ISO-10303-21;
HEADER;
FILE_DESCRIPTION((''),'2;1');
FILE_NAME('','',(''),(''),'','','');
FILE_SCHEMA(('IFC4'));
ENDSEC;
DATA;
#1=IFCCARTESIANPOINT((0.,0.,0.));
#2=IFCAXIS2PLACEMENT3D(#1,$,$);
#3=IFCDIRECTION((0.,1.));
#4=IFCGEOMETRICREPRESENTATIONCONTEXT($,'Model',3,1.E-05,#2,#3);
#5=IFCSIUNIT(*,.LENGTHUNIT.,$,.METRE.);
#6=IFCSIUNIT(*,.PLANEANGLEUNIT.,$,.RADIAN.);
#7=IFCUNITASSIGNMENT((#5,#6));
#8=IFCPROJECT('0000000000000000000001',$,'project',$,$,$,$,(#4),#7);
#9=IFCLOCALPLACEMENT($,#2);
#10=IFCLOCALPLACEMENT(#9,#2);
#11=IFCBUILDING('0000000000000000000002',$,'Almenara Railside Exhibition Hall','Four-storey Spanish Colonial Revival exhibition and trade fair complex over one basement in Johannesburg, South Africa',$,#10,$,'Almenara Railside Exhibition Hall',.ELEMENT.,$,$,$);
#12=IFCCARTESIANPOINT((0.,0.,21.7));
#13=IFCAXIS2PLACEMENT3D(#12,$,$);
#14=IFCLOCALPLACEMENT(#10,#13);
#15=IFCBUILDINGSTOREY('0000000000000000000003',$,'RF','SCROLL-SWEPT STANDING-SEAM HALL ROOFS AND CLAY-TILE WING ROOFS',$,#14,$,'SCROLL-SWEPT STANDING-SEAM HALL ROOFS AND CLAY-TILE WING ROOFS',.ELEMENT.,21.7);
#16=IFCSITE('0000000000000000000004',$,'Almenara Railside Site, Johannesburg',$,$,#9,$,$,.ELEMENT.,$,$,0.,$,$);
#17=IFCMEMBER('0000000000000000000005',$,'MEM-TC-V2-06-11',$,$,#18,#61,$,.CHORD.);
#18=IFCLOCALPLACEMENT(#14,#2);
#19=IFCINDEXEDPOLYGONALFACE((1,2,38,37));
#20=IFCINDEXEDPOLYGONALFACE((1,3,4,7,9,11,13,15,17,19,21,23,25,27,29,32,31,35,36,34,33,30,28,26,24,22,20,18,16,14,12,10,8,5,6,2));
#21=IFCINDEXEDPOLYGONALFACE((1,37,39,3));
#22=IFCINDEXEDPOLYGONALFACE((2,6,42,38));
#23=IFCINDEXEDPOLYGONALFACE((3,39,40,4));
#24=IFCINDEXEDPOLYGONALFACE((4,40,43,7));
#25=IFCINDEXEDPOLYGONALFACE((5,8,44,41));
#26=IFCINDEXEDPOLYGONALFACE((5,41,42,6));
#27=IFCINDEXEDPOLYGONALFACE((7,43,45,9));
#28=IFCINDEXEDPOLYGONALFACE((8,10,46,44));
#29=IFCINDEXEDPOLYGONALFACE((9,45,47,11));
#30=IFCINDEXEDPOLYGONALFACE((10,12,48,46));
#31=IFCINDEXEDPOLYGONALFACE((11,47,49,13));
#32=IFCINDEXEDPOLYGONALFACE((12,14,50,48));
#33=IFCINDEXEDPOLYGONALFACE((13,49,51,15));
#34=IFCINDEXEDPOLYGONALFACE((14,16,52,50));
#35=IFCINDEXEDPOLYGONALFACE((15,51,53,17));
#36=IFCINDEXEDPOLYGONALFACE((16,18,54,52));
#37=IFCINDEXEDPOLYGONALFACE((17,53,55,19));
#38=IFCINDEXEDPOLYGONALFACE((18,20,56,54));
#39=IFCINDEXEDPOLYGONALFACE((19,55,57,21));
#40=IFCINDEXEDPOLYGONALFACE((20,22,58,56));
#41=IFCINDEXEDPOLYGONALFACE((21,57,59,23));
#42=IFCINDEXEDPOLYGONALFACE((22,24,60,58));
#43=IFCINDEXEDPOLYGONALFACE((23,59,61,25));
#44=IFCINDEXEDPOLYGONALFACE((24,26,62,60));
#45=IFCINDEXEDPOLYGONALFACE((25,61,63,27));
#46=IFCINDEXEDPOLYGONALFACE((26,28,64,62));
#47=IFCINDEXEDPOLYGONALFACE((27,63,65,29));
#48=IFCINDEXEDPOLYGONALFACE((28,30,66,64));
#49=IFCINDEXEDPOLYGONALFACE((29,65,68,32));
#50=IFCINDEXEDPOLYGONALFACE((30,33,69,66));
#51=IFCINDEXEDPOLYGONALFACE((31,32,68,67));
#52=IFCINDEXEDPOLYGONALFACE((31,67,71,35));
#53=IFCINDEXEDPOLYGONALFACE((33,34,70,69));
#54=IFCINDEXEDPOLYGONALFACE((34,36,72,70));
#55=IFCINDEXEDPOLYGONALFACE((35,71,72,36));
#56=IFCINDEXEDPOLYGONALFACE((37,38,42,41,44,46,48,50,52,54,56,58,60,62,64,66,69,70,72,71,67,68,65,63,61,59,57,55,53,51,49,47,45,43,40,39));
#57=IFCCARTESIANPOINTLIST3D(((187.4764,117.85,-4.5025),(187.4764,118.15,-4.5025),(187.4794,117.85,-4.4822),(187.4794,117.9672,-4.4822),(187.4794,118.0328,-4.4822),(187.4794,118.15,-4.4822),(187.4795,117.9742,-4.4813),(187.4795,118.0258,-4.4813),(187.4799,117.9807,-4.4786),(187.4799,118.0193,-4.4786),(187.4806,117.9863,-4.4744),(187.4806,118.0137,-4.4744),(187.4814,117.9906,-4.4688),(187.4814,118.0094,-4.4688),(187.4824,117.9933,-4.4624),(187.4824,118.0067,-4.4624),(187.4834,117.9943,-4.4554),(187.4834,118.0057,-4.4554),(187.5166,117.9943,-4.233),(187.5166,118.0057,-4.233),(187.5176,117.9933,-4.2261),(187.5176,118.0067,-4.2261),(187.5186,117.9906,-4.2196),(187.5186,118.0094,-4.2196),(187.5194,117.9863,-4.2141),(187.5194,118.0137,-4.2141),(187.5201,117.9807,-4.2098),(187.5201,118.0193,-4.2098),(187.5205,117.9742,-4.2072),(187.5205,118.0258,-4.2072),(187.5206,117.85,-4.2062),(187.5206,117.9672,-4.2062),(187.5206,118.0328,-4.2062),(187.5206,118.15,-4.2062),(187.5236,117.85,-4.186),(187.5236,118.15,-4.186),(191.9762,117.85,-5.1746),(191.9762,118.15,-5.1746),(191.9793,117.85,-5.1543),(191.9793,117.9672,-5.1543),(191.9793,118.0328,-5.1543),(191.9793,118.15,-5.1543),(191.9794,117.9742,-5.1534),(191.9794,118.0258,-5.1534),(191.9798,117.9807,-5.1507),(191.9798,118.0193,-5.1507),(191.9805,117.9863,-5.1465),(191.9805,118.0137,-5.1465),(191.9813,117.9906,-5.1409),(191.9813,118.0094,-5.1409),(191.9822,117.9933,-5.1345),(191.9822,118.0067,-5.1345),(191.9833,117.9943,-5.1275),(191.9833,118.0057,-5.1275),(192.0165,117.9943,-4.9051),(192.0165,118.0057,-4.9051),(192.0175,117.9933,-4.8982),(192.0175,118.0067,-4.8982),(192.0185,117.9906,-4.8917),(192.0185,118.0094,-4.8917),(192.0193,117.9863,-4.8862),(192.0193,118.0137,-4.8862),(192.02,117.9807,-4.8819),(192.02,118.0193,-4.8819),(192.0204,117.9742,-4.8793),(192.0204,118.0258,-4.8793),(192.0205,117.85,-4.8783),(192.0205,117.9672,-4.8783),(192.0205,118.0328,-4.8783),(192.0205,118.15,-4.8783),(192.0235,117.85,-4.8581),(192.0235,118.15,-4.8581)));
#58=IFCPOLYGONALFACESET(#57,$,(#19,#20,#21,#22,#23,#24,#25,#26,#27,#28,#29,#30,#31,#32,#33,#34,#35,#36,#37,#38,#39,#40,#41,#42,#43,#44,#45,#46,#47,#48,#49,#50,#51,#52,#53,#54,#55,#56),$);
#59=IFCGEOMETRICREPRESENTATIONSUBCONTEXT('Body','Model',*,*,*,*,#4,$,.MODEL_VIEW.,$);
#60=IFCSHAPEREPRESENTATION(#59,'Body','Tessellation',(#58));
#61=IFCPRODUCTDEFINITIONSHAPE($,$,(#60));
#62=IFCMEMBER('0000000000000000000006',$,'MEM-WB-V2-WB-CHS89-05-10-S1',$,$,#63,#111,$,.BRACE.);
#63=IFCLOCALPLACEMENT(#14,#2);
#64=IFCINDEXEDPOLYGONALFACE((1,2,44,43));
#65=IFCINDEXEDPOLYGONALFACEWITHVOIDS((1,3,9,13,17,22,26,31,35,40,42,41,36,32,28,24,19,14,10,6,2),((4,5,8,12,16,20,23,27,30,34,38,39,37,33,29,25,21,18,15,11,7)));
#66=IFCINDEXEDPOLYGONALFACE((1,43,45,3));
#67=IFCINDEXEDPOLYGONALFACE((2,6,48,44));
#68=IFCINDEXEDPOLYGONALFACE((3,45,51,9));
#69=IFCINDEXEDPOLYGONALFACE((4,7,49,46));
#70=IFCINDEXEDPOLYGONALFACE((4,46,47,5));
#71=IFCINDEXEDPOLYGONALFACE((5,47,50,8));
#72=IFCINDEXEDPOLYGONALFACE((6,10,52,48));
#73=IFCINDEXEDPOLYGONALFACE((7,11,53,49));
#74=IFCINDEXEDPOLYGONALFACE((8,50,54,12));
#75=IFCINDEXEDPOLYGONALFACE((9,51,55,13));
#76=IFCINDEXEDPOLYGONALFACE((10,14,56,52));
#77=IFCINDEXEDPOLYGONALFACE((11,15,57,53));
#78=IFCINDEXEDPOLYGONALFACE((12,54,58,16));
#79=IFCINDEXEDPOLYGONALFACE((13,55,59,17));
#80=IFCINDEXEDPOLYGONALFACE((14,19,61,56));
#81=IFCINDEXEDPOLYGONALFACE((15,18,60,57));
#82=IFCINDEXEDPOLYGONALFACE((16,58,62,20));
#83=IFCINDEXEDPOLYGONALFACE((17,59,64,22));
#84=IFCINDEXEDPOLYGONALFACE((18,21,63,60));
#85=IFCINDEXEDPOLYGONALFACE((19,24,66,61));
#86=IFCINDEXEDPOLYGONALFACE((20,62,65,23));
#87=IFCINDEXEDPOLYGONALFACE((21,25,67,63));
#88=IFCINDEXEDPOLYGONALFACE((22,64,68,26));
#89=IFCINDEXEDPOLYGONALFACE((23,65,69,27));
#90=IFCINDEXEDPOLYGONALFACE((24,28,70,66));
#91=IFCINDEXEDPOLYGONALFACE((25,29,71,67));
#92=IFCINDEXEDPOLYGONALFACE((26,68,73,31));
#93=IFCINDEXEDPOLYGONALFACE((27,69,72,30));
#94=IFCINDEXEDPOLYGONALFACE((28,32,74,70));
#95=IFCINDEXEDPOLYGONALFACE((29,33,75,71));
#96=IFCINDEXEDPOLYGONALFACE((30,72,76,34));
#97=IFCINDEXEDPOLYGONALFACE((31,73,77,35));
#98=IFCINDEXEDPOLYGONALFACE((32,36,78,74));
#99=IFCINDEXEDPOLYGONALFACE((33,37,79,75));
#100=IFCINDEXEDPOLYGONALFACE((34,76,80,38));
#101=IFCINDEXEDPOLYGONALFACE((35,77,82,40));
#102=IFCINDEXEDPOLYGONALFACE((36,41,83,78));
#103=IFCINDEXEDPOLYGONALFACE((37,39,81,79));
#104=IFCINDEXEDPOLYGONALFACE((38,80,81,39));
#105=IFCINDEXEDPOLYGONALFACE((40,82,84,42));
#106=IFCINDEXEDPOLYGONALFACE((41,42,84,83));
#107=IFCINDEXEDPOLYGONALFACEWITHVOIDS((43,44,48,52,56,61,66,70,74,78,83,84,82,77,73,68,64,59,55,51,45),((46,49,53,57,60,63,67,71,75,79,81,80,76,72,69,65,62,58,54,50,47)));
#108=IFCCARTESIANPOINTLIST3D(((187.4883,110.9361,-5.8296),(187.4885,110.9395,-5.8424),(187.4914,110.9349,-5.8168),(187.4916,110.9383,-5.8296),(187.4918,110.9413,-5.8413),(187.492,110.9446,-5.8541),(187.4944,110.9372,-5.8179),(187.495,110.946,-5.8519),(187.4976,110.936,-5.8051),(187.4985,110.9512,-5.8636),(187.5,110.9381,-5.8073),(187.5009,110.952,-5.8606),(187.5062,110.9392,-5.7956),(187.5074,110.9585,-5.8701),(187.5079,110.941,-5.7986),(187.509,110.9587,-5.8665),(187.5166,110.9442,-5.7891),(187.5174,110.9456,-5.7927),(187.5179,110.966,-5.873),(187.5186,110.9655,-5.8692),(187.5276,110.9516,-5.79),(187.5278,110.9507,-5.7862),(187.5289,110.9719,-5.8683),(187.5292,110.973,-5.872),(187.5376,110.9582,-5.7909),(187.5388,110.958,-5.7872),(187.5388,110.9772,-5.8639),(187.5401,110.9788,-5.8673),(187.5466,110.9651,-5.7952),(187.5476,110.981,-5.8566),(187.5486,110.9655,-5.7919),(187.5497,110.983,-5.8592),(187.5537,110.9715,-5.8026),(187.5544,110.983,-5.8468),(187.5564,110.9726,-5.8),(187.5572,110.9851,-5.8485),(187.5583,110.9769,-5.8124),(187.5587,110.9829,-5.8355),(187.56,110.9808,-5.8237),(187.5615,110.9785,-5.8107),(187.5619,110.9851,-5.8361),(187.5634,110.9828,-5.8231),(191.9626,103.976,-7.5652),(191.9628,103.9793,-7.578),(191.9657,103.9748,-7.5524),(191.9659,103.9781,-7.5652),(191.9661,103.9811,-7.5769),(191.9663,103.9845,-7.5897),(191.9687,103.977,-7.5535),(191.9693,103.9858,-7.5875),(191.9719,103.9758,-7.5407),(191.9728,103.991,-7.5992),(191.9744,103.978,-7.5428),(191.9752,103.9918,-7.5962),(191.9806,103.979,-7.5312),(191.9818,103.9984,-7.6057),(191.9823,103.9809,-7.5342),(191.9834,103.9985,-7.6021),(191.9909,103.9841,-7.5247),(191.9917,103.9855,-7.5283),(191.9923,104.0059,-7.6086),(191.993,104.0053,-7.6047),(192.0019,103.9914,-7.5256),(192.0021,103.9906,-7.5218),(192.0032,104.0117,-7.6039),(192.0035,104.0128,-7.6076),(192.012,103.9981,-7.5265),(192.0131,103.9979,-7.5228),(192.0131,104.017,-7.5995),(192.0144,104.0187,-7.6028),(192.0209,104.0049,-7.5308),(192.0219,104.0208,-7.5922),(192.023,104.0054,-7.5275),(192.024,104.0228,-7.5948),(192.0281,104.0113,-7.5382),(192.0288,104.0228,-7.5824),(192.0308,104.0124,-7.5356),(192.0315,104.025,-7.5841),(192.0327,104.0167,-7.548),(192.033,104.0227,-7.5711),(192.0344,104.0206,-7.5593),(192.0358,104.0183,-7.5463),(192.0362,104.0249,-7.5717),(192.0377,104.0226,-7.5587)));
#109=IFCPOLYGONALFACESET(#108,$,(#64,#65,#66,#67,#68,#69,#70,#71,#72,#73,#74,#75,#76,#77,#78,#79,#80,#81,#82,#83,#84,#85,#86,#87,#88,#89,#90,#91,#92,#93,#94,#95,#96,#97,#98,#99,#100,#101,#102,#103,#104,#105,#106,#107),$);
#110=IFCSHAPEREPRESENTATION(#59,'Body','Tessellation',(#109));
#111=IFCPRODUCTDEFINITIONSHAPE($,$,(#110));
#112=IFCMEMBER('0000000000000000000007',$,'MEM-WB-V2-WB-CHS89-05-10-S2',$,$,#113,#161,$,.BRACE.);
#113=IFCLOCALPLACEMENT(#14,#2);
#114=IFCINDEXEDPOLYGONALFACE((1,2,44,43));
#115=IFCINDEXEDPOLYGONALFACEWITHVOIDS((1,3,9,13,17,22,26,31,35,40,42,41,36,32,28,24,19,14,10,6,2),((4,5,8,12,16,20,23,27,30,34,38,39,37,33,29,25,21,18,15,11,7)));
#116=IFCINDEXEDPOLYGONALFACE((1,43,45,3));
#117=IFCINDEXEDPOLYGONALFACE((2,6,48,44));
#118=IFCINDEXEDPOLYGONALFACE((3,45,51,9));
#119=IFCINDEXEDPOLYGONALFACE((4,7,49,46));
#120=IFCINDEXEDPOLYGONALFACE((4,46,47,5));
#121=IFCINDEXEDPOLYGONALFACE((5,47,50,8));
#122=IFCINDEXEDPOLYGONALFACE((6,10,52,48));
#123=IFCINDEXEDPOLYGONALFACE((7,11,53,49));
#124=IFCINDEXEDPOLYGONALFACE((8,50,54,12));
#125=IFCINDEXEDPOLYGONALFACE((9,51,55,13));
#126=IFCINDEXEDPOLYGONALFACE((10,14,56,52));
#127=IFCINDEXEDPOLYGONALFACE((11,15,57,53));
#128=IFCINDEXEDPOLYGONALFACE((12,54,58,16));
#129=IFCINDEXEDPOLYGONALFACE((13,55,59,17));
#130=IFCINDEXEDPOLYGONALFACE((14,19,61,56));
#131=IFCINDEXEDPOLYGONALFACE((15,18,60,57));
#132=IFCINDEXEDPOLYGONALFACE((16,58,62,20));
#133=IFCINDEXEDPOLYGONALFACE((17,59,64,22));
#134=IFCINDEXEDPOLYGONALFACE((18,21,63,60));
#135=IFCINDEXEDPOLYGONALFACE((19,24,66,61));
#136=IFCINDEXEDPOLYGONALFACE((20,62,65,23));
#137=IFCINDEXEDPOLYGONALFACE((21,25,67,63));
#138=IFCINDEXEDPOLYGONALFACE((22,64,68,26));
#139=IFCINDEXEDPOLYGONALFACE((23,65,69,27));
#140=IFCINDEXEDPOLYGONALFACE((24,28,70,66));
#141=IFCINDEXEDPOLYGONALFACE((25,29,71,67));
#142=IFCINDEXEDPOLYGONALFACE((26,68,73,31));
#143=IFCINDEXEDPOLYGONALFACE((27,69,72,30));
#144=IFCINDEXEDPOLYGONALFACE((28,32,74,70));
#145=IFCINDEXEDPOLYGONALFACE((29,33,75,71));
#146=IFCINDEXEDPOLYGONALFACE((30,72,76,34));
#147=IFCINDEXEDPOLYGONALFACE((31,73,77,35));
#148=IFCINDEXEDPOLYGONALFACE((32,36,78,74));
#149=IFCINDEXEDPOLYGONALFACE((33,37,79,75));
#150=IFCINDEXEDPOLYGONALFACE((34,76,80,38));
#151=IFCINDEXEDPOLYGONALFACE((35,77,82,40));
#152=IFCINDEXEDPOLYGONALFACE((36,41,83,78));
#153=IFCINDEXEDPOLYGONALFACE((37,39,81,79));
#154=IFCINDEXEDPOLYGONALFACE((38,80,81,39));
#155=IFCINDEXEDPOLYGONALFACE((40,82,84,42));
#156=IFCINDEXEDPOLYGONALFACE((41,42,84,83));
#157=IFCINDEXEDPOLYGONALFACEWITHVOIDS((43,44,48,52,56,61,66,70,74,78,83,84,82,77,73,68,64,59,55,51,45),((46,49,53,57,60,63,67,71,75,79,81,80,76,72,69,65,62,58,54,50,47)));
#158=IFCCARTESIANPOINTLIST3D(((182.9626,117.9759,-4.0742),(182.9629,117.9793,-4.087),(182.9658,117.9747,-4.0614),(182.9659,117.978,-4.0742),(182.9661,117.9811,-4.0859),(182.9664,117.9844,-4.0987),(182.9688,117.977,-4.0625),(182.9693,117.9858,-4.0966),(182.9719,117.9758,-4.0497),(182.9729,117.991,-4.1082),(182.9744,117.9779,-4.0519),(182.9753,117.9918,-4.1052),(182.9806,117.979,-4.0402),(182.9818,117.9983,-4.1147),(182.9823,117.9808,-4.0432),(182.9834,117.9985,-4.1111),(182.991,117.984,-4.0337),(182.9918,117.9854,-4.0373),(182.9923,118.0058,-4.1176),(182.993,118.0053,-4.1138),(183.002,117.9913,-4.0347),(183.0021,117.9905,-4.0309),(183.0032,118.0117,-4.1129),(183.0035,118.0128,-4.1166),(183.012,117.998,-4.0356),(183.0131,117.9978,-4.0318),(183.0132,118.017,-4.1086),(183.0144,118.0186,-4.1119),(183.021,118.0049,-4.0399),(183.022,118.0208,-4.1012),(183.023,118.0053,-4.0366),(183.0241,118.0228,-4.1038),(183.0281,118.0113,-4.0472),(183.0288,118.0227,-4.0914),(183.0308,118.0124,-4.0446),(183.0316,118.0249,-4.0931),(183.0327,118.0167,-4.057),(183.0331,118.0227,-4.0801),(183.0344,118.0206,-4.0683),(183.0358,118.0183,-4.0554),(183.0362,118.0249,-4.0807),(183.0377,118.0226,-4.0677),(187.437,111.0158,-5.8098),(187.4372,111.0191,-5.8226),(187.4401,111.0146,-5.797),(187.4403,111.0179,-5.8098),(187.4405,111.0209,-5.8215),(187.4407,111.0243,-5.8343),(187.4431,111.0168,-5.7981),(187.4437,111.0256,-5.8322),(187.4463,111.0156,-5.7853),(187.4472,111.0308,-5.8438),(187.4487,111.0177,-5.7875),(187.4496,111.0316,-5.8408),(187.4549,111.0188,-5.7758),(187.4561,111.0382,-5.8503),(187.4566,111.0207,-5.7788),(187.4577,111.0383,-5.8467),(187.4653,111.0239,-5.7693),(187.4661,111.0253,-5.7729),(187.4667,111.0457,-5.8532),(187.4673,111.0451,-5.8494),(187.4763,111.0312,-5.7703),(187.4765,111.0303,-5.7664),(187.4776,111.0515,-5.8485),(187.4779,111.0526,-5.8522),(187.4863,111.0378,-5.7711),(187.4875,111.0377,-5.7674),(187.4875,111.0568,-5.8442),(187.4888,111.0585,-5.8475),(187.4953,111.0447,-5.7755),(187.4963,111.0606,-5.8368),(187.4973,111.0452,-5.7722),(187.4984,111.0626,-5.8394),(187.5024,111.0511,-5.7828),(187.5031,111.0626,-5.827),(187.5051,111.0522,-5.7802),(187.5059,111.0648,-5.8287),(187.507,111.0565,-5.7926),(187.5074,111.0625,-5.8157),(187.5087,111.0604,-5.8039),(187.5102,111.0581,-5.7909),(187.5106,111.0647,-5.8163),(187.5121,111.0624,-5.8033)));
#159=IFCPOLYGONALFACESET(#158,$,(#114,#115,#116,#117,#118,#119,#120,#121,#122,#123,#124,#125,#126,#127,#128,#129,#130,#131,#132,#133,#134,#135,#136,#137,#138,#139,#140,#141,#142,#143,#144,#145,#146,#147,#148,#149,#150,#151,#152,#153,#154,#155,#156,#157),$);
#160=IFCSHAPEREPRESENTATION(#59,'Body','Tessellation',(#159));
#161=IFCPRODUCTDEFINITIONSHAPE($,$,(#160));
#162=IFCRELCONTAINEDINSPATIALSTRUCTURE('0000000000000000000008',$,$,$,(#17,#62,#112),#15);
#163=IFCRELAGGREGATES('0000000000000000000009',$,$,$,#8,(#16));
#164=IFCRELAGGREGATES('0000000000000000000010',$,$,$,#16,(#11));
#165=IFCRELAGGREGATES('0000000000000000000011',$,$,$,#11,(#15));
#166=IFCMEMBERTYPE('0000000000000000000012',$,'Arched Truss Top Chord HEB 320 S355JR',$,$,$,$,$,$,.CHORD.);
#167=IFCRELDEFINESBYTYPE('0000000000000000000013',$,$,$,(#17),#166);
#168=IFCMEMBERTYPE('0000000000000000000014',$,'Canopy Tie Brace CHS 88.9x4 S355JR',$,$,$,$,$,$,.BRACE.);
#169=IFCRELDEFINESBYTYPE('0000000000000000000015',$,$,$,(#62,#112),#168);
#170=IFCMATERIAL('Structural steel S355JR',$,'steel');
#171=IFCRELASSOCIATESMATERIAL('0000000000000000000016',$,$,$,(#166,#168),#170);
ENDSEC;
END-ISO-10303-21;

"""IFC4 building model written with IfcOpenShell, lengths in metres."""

from ifc_helpers import new_model, si_unit, direction, frame, origin, origin_2d, place, context, subcontext, project, spatial, hollow_circle, i_section, extrude, material, material_profile, profile_set, type_object, element, save


model = new_model("IFC4")

# Units and contexts
model_context = context("Model", 3, precision=1e-05, world=origin(), true_north=direction((0.0, 1.0)))
body_context = subcontext(model_context, "Body", "Model", "MODEL_VIEW")
ifc_project = project(units=[si_unit("LENGTHUNIT", "METRE"), si_unit("PLANEANGLEUNIT", "RADIAN")], contexts=[model_context])

# Site, building, storey
site_placement = place(None, origin())
site = spatial("IfcSite", under=ifc_project, at=site_placement, Name="Almenara Railside Site, Johannesburg", CompositionType="ELEMENT", RefElevation=0.0)
building_placement = place(site_placement, origin())
building = spatial("IfcBuilding", under=site, at=building_placement, Name="Almenara Railside Exhibition Hall", Description="Four-storey Spanish Colonial Revival exhibition and trade fair complex over one basement in Johannesburg, South Africa", LongName="Almenara Railside Exhibition Hall", CompositionType="ELEMENT")
storey_placement = place(building_placement, frame((0.0, 0.0, 21.7)))
storey = spatial("IfcBuildingStorey", under=building, at=storey_placement, Name="RF", Description="SCROLL-SWEPT STANDING-SEAM HALL ROOFS AND CLAY-TILE WING ROOFS", LongName="SCROLL-SWEPT STANDING-SEAM HALL ROOFS AND CLAY-TILE WING ROOFS", CompositionType="ELEMENT", Elevation=21.7)

# Shared definitions
ifc_material = material(Name="Structural steel S355JR", Category="steel")

# Members
ifc_material_profile_1 = material_profile(ifc_material, i_section(OverallWidth=0.3, OverallDepth=0.3201, WebThickness=0.0115, FlangeThickness=0.0205, FilletRadius=0.0271, at=origin_2d()), Name="HEB 320")
ifc_profile_set_1 = profile_set([ifc_material_profile_1], Name="Structural steel S355JR")
member_type_1 = type_object("IfcMemberType", Name="Arched Truss Top Chord HEB 320 S355JR", PredefinedType="CHORD", material=ifc_profile_set_1)
member_1_placement = place(storey_placement, frame((187.5, 118.0, -4.3442), z_axis=(0.989029, 0.0, -0.147721), x_axis=(0.0, 1.0, 0.0)))
element("IfcMember", 1, at=member_1_placement, inside=storey, type_object=member_type_1, Name="MEM-TC-V2-06-11", PredefinedType="CHORD", context=body_context, shape_type="SweptSolid", body=[
    extrude(i_section(OverallWidth=0.3, OverallDepth=0.3201, WebThickness=0.0115, FlangeThickness=0.0205, FilletRadius=0.0271, at=origin_2d()), origin(), (0.0, 0.0, 1.0), 4.5498),
])
ifc_material_profile_2 = material_profile(ifc_material, hollow_circle(Radius=0.0444, WallThickness=0.0039, at=origin_2d()), Name="CHS 88.9x4")
ifc_profile_set_2 = profile_set([ifc_material_profile_2], Name="Structural steel S355JR")
member_type_2 = type_object("IfcMemberType", Name="Canopy Tie Brace CHS 88.9x4 S355JR", PredefinedType="BRACE", material=ifc_profile_set_2)
for number, where, z_axis, x_axis, name in (
    (2, (192.0, 104.0, -7.5652), (-0.529236, 0.823265, 0.205289), (-0.841181, -0.540753, 0.0), "MEM-WB-V2-WB-CHS89-05-10-S1"),
    (3, (187.4744, 111.0398, -5.8098), (-0.529236, 0.823265, 0.205289), (-0.841181, -0.540753, 0.0), "MEM-WB-V2-WB-CHS89-05-10-S2"),
):
    element("IfcMember", number, at=place(storey_placement, frame(where, z_axis=z_axis, x_axis=x_axis)), inside=storey, type_object=member_type_2, Name=name, PredefinedType="BRACE", context=body_context, shape_type="SweptSolid", body=[
        extrude(hollow_circle(Radius=0.0444, WallThickness=0.0039, at=origin_2d()), origin(), (0.0, 0.0, 1.0), 8.4543),
    ])

save(model, "model.ifc")
